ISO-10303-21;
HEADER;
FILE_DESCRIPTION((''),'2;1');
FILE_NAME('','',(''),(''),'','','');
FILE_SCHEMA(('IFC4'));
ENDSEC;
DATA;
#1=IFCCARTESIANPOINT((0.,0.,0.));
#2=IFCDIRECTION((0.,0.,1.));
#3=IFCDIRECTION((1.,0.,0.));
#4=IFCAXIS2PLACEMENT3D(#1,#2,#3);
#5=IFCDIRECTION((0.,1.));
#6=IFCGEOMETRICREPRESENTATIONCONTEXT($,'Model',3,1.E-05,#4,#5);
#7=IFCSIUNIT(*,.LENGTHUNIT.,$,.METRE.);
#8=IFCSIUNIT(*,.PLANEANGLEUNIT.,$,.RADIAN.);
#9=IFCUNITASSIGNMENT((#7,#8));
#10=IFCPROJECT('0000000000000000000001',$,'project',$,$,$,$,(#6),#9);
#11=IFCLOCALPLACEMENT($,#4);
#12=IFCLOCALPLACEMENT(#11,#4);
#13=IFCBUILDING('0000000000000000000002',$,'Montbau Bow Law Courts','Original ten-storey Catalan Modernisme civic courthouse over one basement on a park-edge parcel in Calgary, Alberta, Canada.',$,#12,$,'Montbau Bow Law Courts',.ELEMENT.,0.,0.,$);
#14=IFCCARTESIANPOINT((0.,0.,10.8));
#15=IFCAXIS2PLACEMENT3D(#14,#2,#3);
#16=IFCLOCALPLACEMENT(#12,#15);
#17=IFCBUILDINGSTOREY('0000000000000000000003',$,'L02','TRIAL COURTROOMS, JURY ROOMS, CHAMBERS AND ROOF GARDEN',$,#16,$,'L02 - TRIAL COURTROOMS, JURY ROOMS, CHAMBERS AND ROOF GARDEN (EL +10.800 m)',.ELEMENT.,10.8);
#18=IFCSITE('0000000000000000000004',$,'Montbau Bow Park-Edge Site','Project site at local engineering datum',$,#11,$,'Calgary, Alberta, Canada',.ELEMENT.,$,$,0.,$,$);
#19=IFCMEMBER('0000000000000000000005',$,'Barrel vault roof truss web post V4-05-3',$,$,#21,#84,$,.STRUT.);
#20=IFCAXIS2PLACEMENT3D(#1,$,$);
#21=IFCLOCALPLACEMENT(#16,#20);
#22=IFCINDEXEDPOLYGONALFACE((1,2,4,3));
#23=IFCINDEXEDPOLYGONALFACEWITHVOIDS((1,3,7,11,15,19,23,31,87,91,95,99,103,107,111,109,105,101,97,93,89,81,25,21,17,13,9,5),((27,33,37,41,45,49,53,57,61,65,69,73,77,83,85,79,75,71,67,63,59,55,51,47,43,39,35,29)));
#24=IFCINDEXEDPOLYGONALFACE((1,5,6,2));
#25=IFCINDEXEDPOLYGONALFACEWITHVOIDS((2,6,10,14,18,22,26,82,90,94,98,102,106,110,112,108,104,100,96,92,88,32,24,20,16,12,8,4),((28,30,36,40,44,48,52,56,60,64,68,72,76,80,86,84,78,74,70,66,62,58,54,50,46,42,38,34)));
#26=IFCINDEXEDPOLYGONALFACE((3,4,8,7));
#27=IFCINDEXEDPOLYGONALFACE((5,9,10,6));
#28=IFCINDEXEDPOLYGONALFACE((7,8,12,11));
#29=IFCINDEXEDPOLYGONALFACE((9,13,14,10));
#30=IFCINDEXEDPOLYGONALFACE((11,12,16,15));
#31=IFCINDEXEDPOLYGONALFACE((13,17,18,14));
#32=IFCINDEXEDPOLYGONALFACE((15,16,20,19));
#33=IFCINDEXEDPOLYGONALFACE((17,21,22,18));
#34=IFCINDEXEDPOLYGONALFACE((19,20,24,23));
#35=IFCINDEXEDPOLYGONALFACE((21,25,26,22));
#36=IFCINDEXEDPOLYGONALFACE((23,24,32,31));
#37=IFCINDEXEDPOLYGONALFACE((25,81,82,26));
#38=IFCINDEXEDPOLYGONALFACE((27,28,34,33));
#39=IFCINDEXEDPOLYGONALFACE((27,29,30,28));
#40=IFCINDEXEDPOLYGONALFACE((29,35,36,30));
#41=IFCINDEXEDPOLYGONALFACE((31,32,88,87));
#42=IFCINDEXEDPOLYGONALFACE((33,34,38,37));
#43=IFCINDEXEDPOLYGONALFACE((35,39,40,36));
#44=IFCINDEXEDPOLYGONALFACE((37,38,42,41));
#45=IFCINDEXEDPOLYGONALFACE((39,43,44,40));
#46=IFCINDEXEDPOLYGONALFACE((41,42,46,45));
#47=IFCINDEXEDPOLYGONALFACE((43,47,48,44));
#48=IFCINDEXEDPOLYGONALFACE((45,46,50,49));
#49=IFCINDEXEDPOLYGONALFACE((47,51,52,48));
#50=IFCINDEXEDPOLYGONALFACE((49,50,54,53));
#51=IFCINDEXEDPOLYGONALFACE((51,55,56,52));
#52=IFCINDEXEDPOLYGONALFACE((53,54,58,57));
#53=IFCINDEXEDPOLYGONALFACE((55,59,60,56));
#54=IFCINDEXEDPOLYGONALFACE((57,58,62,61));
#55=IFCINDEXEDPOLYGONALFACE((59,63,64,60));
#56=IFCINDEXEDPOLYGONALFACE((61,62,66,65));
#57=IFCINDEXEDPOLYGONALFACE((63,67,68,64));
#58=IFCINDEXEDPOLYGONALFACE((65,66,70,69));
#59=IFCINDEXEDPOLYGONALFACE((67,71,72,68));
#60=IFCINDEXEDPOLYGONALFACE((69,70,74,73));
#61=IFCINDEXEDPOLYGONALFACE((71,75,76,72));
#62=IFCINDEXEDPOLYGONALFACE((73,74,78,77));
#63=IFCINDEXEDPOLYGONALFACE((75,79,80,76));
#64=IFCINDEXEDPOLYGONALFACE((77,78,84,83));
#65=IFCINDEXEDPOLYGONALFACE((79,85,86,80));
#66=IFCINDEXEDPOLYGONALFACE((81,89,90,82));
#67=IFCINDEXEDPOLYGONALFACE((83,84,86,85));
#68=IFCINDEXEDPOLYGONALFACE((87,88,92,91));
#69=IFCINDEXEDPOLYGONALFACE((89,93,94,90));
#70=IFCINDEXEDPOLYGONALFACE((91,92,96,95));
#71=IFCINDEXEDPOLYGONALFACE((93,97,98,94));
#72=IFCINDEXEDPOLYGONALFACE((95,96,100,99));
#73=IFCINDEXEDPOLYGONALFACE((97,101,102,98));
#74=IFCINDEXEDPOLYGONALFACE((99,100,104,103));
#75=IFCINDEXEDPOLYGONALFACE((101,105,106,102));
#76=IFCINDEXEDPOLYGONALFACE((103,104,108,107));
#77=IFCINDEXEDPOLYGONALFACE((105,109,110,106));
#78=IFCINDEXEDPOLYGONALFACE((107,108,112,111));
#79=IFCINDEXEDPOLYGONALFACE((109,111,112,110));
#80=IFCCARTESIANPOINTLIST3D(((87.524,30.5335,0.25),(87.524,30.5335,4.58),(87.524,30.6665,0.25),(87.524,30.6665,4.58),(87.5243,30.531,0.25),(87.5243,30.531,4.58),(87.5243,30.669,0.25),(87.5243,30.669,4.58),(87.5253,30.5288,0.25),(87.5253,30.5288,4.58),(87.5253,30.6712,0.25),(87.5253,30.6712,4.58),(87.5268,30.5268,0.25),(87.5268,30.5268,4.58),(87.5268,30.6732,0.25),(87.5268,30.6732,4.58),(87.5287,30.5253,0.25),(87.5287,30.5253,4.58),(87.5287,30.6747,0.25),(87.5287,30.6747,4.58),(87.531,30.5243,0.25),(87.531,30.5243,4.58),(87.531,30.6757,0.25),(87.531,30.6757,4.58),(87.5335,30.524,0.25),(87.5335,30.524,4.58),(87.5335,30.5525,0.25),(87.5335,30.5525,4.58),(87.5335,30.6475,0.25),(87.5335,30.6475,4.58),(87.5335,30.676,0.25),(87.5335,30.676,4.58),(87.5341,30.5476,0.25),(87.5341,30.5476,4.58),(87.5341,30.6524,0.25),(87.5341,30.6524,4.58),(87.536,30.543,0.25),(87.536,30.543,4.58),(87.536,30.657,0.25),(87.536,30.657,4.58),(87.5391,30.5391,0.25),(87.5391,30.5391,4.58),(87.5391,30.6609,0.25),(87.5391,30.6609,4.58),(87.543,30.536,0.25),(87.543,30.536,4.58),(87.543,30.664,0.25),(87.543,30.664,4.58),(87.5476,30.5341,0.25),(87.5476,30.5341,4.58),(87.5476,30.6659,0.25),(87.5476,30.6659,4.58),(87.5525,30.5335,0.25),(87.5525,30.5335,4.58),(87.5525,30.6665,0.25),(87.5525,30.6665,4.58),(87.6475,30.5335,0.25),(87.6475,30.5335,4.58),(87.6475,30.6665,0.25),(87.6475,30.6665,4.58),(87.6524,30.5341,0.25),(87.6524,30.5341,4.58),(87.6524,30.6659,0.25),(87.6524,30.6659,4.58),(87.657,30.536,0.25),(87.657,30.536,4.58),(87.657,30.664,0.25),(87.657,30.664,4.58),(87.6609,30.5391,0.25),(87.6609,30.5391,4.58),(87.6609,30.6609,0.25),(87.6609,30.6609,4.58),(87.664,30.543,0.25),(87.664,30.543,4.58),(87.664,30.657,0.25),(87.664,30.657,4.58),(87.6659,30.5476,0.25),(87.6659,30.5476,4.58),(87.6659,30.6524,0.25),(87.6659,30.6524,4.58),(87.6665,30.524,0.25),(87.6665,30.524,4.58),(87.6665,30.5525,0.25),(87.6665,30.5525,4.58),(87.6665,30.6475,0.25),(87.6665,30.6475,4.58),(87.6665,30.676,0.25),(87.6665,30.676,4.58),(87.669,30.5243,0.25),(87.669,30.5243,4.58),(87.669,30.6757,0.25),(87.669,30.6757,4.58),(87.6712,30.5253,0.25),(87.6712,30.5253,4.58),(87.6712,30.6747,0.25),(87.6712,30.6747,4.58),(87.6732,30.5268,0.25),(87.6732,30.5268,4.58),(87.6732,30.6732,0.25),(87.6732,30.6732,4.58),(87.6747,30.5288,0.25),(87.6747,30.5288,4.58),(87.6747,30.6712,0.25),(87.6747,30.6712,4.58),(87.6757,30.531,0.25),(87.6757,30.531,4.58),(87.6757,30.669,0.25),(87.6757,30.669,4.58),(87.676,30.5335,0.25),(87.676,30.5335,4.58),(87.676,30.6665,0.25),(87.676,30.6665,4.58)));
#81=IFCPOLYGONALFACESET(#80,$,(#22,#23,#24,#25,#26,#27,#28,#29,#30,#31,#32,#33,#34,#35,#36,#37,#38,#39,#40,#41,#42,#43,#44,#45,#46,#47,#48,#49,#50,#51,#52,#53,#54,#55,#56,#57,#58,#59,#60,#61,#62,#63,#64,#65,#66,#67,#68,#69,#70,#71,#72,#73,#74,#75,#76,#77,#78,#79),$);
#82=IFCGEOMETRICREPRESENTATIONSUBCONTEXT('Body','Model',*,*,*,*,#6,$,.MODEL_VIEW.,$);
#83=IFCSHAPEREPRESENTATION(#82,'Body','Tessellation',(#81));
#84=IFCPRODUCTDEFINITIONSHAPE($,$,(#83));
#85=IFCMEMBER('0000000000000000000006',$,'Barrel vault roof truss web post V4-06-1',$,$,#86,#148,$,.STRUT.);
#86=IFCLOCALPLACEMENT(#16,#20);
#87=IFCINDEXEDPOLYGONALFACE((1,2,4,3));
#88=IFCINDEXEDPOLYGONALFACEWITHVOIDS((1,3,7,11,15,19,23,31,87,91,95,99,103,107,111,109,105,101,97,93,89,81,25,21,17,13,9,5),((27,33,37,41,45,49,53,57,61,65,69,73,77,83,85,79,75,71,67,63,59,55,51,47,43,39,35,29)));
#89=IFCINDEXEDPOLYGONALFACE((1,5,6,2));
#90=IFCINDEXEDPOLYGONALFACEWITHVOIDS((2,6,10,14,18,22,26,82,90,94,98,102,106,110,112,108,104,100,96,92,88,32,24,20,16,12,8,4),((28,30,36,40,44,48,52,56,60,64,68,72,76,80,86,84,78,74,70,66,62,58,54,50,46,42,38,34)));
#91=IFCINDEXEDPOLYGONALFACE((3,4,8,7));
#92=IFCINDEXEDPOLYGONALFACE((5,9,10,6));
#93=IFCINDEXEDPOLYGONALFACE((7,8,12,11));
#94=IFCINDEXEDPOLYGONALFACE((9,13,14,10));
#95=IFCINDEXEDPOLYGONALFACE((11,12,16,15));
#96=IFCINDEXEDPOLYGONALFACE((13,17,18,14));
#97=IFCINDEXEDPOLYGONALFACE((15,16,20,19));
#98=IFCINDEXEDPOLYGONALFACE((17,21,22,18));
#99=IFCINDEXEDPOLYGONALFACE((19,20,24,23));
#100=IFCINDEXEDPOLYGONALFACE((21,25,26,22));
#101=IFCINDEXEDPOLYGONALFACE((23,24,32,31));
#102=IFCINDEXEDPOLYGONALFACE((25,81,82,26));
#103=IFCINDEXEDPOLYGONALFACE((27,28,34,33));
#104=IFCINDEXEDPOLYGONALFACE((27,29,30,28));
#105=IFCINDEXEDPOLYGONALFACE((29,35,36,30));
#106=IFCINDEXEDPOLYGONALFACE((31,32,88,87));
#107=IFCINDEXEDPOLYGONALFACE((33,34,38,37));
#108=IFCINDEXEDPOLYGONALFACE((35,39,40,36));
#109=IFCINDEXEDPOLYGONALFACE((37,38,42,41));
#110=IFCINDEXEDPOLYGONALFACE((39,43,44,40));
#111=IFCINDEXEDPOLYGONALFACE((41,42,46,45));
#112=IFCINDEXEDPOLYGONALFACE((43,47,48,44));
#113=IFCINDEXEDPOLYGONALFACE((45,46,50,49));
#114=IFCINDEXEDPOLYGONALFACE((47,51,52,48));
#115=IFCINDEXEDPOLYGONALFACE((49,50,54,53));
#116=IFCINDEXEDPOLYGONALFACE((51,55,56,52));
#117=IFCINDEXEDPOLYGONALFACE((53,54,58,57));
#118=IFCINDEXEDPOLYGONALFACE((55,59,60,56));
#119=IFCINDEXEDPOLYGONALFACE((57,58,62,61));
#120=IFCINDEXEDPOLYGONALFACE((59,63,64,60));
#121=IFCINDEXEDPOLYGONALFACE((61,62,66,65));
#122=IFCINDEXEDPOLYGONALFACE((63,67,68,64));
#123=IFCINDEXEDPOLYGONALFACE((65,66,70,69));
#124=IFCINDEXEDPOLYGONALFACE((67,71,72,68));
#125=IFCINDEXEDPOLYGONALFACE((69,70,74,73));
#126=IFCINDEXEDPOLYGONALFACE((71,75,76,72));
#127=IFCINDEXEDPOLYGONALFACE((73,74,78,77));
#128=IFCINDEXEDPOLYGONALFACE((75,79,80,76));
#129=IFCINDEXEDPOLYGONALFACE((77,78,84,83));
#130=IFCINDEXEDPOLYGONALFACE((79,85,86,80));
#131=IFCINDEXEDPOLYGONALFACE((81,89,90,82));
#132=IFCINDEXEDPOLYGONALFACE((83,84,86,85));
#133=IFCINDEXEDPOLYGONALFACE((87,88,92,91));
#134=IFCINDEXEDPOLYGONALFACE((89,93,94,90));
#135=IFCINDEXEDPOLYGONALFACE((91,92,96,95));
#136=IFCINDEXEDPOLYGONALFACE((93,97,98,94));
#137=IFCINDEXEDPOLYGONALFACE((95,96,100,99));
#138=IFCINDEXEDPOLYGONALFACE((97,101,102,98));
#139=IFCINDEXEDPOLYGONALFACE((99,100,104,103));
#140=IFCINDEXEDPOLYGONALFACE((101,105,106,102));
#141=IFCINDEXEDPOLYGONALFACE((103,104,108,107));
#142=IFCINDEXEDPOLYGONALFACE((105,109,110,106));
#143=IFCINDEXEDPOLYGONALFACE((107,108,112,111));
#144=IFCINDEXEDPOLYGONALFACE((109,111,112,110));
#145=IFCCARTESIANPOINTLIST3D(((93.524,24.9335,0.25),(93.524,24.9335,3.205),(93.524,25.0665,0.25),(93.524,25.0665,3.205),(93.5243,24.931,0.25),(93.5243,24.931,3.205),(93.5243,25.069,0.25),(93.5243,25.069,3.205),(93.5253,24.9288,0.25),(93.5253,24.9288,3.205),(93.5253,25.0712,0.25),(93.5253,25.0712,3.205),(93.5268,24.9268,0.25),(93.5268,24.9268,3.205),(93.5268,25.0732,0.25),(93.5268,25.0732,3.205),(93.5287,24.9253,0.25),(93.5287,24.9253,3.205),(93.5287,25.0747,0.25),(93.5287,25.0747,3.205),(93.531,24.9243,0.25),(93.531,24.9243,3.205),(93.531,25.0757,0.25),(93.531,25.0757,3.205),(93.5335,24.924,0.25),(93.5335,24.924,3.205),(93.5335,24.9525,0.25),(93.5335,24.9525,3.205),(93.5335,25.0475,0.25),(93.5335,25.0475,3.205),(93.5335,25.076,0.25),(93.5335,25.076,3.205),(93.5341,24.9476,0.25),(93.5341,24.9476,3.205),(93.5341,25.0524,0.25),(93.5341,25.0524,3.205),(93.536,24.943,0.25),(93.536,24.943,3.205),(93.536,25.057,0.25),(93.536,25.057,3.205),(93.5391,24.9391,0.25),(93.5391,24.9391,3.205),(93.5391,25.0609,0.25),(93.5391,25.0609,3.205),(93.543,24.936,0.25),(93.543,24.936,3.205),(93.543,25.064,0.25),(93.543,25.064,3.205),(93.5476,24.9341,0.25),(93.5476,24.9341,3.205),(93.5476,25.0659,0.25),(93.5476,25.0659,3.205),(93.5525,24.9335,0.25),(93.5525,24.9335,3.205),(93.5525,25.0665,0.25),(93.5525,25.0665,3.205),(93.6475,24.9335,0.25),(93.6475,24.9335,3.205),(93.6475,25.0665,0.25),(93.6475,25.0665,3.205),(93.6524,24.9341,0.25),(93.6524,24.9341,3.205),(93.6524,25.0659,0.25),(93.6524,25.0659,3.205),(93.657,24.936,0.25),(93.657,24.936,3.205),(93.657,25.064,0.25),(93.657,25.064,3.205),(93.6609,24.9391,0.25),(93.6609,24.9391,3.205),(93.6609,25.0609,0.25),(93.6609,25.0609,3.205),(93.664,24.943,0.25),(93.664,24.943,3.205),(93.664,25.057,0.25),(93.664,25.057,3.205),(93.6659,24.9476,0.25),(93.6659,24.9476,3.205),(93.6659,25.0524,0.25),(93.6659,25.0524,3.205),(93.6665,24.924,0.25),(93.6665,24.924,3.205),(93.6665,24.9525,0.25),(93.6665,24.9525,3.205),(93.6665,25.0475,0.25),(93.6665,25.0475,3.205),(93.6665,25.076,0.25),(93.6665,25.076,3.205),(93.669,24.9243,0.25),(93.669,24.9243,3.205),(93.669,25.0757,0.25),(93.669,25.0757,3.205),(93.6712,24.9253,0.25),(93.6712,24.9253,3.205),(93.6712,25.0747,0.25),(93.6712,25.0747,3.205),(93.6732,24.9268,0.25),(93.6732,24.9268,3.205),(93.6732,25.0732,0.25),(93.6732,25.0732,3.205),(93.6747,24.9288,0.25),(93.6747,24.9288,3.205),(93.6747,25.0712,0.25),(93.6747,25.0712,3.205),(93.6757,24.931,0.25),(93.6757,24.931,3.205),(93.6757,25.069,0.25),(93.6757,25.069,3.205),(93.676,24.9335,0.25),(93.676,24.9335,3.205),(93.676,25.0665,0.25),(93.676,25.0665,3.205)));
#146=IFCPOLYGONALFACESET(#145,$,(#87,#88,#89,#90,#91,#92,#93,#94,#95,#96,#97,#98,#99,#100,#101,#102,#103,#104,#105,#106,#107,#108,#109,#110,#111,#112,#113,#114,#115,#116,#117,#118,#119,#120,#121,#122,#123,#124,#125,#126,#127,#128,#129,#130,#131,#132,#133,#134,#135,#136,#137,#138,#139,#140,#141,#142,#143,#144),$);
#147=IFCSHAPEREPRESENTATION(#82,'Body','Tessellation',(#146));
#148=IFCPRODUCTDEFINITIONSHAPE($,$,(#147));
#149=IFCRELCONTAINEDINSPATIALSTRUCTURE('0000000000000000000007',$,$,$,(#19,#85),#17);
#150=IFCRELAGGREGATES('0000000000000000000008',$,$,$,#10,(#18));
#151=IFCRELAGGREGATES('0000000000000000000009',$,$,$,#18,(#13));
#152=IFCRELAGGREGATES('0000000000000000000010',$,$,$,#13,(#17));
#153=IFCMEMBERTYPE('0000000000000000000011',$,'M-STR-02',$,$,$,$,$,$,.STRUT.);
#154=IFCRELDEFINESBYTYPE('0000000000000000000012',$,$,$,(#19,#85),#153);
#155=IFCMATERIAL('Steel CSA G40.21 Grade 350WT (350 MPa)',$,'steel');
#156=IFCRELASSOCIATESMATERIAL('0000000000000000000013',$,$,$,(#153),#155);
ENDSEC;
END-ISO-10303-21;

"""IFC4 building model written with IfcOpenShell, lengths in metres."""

from ifc_helpers import new_model, si_unit, direction, frame, origin_with_axes, origin_2d_with_axis, place, context, subcontext, project, spatial, hollow_rectangle, extrude, material, material_profile, profile_set, type_object, element, save


model = new_model("IFC4")

# Units and contexts
model_context = context("Model", 3, precision=1e-05, world=origin_with_axes(), true_north=direction((0.0, 1.0)))
body_context = subcontext(model_context, "Body", "Model", "MODEL_VIEW")
ifc_project = project(units=[si_unit("LENGTHUNIT", "METRE"), si_unit("PLANEANGLEUNIT", "RADIAN")], contexts=[model_context])

# Site, building, storey
site_placement = place(None, origin_with_axes())
site = spatial("IfcSite", under=ifc_project, at=site_placement, Name="Montbau Bow Park-Edge Site", Description="Project site at local engineering datum", LongName="Calgary, Alberta, Canada", CompositionType="ELEMENT", RefElevation=0.0)
building_placement = place(site_placement, origin_with_axes())
building = spatial("IfcBuilding", under=site, at=building_placement, Name="Montbau Bow Law Courts", Description="Original ten-storey Catalan Modernisme civic courthouse over one basement on a park-edge parcel in Calgary, Alberta, Canada.", LongName="Montbau Bow Law Courts", CompositionType="ELEMENT", ElevationOfRefHeight=0.0, ElevationOfTerrain=0.0)
storey_placement = place(building_placement, frame((0.0, 0.0, 10.8), z_axis=(0.0, 0.0, 1.0), x_axis=(1.0, 0.0, 0.0)))
storey = spatial("IfcBuildingStorey", under=building, at=storey_placement, Name="L02", Description="TRIAL COURTROOMS, JURY ROOMS, CHAMBERS AND ROOF GARDEN", LongName="L02 - TRIAL COURTROOMS, JURY ROOMS, CHAMBERS AND ROOF GARDEN (EL +10.800 m)", CompositionType="ELEMENT", Elevation=10.8)

# Shared definitions
ifc_material_1 = material(Name="Steel CSA G40.21 Grade 350WT (350 MPa)", Category="steel")

# Members
ifc_material_profile_1 = material_profile(ifc_material_1, hollow_rectangle(XDim=0.152, YDim=0.152, WallThickness=0.0095, InnerFilletRadius=0.019, OuterFilletRadius=0.0095, at=origin_2d_with_axis()), Name="HSS152X152X9.5", Category="Main", Priority=0)
ifc_profile_set_1 = profile_set([ifc_material_profile_1], Name="Steel CSA G40.21 Grade 350WT (350 MPa)")
member_type_1 = type_object("IfcMemberType", Name="M-STR-02", PredefinedType="STRUT", material=ifc_profile_set_1)
member_1_placement = place(None, frame((87.6, 30.6, 11.05), z_axis=(0.0, 0.0, 1.0), x_axis=(1.0, 0.0, 0.0)))
element("IfcMember", 1, at=member_1_placement, inside=storey, type_object=member_type_1, Name="Barrel vault roof truss web post V4-05-3", PredefinedType="STRUT", context=body_context, shape_type="SweptSolid", body=[
    extrude(hollow_rectangle(XDim=0.152, YDim=0.152, WallThickness=0.0095, InnerFilletRadius=0.019, OuterFilletRadius=0.0095, at=origin_2d_with_axis()), origin_with_axes(), (0.0, 0.0, 1.0), 4.33),
])
member_2_placement = place(None, frame((93.6, 25.0, 11.05), z_axis=(0.0, 0.0, 1.0), x_axis=(1.0, 0.0, 0.0)))
element("IfcMember", 2, at=member_2_placement, inside=storey, type_object=member_type_1, Name="Barrel vault roof truss web post V4-06-1", PredefinedType="STRUT", context=body_context, shape_type="SweptSolid", body=[
    extrude(hollow_rectangle(XDim=0.152, YDim=0.152, WallThickness=0.0095, InnerFilletRadius=0.019, OuterFilletRadius=0.0095, at=origin_2d_with_axis()), origin_with_axes(), (0.0, 0.0, 1.0), 2.955),
])

save(model, "model.ifc")
